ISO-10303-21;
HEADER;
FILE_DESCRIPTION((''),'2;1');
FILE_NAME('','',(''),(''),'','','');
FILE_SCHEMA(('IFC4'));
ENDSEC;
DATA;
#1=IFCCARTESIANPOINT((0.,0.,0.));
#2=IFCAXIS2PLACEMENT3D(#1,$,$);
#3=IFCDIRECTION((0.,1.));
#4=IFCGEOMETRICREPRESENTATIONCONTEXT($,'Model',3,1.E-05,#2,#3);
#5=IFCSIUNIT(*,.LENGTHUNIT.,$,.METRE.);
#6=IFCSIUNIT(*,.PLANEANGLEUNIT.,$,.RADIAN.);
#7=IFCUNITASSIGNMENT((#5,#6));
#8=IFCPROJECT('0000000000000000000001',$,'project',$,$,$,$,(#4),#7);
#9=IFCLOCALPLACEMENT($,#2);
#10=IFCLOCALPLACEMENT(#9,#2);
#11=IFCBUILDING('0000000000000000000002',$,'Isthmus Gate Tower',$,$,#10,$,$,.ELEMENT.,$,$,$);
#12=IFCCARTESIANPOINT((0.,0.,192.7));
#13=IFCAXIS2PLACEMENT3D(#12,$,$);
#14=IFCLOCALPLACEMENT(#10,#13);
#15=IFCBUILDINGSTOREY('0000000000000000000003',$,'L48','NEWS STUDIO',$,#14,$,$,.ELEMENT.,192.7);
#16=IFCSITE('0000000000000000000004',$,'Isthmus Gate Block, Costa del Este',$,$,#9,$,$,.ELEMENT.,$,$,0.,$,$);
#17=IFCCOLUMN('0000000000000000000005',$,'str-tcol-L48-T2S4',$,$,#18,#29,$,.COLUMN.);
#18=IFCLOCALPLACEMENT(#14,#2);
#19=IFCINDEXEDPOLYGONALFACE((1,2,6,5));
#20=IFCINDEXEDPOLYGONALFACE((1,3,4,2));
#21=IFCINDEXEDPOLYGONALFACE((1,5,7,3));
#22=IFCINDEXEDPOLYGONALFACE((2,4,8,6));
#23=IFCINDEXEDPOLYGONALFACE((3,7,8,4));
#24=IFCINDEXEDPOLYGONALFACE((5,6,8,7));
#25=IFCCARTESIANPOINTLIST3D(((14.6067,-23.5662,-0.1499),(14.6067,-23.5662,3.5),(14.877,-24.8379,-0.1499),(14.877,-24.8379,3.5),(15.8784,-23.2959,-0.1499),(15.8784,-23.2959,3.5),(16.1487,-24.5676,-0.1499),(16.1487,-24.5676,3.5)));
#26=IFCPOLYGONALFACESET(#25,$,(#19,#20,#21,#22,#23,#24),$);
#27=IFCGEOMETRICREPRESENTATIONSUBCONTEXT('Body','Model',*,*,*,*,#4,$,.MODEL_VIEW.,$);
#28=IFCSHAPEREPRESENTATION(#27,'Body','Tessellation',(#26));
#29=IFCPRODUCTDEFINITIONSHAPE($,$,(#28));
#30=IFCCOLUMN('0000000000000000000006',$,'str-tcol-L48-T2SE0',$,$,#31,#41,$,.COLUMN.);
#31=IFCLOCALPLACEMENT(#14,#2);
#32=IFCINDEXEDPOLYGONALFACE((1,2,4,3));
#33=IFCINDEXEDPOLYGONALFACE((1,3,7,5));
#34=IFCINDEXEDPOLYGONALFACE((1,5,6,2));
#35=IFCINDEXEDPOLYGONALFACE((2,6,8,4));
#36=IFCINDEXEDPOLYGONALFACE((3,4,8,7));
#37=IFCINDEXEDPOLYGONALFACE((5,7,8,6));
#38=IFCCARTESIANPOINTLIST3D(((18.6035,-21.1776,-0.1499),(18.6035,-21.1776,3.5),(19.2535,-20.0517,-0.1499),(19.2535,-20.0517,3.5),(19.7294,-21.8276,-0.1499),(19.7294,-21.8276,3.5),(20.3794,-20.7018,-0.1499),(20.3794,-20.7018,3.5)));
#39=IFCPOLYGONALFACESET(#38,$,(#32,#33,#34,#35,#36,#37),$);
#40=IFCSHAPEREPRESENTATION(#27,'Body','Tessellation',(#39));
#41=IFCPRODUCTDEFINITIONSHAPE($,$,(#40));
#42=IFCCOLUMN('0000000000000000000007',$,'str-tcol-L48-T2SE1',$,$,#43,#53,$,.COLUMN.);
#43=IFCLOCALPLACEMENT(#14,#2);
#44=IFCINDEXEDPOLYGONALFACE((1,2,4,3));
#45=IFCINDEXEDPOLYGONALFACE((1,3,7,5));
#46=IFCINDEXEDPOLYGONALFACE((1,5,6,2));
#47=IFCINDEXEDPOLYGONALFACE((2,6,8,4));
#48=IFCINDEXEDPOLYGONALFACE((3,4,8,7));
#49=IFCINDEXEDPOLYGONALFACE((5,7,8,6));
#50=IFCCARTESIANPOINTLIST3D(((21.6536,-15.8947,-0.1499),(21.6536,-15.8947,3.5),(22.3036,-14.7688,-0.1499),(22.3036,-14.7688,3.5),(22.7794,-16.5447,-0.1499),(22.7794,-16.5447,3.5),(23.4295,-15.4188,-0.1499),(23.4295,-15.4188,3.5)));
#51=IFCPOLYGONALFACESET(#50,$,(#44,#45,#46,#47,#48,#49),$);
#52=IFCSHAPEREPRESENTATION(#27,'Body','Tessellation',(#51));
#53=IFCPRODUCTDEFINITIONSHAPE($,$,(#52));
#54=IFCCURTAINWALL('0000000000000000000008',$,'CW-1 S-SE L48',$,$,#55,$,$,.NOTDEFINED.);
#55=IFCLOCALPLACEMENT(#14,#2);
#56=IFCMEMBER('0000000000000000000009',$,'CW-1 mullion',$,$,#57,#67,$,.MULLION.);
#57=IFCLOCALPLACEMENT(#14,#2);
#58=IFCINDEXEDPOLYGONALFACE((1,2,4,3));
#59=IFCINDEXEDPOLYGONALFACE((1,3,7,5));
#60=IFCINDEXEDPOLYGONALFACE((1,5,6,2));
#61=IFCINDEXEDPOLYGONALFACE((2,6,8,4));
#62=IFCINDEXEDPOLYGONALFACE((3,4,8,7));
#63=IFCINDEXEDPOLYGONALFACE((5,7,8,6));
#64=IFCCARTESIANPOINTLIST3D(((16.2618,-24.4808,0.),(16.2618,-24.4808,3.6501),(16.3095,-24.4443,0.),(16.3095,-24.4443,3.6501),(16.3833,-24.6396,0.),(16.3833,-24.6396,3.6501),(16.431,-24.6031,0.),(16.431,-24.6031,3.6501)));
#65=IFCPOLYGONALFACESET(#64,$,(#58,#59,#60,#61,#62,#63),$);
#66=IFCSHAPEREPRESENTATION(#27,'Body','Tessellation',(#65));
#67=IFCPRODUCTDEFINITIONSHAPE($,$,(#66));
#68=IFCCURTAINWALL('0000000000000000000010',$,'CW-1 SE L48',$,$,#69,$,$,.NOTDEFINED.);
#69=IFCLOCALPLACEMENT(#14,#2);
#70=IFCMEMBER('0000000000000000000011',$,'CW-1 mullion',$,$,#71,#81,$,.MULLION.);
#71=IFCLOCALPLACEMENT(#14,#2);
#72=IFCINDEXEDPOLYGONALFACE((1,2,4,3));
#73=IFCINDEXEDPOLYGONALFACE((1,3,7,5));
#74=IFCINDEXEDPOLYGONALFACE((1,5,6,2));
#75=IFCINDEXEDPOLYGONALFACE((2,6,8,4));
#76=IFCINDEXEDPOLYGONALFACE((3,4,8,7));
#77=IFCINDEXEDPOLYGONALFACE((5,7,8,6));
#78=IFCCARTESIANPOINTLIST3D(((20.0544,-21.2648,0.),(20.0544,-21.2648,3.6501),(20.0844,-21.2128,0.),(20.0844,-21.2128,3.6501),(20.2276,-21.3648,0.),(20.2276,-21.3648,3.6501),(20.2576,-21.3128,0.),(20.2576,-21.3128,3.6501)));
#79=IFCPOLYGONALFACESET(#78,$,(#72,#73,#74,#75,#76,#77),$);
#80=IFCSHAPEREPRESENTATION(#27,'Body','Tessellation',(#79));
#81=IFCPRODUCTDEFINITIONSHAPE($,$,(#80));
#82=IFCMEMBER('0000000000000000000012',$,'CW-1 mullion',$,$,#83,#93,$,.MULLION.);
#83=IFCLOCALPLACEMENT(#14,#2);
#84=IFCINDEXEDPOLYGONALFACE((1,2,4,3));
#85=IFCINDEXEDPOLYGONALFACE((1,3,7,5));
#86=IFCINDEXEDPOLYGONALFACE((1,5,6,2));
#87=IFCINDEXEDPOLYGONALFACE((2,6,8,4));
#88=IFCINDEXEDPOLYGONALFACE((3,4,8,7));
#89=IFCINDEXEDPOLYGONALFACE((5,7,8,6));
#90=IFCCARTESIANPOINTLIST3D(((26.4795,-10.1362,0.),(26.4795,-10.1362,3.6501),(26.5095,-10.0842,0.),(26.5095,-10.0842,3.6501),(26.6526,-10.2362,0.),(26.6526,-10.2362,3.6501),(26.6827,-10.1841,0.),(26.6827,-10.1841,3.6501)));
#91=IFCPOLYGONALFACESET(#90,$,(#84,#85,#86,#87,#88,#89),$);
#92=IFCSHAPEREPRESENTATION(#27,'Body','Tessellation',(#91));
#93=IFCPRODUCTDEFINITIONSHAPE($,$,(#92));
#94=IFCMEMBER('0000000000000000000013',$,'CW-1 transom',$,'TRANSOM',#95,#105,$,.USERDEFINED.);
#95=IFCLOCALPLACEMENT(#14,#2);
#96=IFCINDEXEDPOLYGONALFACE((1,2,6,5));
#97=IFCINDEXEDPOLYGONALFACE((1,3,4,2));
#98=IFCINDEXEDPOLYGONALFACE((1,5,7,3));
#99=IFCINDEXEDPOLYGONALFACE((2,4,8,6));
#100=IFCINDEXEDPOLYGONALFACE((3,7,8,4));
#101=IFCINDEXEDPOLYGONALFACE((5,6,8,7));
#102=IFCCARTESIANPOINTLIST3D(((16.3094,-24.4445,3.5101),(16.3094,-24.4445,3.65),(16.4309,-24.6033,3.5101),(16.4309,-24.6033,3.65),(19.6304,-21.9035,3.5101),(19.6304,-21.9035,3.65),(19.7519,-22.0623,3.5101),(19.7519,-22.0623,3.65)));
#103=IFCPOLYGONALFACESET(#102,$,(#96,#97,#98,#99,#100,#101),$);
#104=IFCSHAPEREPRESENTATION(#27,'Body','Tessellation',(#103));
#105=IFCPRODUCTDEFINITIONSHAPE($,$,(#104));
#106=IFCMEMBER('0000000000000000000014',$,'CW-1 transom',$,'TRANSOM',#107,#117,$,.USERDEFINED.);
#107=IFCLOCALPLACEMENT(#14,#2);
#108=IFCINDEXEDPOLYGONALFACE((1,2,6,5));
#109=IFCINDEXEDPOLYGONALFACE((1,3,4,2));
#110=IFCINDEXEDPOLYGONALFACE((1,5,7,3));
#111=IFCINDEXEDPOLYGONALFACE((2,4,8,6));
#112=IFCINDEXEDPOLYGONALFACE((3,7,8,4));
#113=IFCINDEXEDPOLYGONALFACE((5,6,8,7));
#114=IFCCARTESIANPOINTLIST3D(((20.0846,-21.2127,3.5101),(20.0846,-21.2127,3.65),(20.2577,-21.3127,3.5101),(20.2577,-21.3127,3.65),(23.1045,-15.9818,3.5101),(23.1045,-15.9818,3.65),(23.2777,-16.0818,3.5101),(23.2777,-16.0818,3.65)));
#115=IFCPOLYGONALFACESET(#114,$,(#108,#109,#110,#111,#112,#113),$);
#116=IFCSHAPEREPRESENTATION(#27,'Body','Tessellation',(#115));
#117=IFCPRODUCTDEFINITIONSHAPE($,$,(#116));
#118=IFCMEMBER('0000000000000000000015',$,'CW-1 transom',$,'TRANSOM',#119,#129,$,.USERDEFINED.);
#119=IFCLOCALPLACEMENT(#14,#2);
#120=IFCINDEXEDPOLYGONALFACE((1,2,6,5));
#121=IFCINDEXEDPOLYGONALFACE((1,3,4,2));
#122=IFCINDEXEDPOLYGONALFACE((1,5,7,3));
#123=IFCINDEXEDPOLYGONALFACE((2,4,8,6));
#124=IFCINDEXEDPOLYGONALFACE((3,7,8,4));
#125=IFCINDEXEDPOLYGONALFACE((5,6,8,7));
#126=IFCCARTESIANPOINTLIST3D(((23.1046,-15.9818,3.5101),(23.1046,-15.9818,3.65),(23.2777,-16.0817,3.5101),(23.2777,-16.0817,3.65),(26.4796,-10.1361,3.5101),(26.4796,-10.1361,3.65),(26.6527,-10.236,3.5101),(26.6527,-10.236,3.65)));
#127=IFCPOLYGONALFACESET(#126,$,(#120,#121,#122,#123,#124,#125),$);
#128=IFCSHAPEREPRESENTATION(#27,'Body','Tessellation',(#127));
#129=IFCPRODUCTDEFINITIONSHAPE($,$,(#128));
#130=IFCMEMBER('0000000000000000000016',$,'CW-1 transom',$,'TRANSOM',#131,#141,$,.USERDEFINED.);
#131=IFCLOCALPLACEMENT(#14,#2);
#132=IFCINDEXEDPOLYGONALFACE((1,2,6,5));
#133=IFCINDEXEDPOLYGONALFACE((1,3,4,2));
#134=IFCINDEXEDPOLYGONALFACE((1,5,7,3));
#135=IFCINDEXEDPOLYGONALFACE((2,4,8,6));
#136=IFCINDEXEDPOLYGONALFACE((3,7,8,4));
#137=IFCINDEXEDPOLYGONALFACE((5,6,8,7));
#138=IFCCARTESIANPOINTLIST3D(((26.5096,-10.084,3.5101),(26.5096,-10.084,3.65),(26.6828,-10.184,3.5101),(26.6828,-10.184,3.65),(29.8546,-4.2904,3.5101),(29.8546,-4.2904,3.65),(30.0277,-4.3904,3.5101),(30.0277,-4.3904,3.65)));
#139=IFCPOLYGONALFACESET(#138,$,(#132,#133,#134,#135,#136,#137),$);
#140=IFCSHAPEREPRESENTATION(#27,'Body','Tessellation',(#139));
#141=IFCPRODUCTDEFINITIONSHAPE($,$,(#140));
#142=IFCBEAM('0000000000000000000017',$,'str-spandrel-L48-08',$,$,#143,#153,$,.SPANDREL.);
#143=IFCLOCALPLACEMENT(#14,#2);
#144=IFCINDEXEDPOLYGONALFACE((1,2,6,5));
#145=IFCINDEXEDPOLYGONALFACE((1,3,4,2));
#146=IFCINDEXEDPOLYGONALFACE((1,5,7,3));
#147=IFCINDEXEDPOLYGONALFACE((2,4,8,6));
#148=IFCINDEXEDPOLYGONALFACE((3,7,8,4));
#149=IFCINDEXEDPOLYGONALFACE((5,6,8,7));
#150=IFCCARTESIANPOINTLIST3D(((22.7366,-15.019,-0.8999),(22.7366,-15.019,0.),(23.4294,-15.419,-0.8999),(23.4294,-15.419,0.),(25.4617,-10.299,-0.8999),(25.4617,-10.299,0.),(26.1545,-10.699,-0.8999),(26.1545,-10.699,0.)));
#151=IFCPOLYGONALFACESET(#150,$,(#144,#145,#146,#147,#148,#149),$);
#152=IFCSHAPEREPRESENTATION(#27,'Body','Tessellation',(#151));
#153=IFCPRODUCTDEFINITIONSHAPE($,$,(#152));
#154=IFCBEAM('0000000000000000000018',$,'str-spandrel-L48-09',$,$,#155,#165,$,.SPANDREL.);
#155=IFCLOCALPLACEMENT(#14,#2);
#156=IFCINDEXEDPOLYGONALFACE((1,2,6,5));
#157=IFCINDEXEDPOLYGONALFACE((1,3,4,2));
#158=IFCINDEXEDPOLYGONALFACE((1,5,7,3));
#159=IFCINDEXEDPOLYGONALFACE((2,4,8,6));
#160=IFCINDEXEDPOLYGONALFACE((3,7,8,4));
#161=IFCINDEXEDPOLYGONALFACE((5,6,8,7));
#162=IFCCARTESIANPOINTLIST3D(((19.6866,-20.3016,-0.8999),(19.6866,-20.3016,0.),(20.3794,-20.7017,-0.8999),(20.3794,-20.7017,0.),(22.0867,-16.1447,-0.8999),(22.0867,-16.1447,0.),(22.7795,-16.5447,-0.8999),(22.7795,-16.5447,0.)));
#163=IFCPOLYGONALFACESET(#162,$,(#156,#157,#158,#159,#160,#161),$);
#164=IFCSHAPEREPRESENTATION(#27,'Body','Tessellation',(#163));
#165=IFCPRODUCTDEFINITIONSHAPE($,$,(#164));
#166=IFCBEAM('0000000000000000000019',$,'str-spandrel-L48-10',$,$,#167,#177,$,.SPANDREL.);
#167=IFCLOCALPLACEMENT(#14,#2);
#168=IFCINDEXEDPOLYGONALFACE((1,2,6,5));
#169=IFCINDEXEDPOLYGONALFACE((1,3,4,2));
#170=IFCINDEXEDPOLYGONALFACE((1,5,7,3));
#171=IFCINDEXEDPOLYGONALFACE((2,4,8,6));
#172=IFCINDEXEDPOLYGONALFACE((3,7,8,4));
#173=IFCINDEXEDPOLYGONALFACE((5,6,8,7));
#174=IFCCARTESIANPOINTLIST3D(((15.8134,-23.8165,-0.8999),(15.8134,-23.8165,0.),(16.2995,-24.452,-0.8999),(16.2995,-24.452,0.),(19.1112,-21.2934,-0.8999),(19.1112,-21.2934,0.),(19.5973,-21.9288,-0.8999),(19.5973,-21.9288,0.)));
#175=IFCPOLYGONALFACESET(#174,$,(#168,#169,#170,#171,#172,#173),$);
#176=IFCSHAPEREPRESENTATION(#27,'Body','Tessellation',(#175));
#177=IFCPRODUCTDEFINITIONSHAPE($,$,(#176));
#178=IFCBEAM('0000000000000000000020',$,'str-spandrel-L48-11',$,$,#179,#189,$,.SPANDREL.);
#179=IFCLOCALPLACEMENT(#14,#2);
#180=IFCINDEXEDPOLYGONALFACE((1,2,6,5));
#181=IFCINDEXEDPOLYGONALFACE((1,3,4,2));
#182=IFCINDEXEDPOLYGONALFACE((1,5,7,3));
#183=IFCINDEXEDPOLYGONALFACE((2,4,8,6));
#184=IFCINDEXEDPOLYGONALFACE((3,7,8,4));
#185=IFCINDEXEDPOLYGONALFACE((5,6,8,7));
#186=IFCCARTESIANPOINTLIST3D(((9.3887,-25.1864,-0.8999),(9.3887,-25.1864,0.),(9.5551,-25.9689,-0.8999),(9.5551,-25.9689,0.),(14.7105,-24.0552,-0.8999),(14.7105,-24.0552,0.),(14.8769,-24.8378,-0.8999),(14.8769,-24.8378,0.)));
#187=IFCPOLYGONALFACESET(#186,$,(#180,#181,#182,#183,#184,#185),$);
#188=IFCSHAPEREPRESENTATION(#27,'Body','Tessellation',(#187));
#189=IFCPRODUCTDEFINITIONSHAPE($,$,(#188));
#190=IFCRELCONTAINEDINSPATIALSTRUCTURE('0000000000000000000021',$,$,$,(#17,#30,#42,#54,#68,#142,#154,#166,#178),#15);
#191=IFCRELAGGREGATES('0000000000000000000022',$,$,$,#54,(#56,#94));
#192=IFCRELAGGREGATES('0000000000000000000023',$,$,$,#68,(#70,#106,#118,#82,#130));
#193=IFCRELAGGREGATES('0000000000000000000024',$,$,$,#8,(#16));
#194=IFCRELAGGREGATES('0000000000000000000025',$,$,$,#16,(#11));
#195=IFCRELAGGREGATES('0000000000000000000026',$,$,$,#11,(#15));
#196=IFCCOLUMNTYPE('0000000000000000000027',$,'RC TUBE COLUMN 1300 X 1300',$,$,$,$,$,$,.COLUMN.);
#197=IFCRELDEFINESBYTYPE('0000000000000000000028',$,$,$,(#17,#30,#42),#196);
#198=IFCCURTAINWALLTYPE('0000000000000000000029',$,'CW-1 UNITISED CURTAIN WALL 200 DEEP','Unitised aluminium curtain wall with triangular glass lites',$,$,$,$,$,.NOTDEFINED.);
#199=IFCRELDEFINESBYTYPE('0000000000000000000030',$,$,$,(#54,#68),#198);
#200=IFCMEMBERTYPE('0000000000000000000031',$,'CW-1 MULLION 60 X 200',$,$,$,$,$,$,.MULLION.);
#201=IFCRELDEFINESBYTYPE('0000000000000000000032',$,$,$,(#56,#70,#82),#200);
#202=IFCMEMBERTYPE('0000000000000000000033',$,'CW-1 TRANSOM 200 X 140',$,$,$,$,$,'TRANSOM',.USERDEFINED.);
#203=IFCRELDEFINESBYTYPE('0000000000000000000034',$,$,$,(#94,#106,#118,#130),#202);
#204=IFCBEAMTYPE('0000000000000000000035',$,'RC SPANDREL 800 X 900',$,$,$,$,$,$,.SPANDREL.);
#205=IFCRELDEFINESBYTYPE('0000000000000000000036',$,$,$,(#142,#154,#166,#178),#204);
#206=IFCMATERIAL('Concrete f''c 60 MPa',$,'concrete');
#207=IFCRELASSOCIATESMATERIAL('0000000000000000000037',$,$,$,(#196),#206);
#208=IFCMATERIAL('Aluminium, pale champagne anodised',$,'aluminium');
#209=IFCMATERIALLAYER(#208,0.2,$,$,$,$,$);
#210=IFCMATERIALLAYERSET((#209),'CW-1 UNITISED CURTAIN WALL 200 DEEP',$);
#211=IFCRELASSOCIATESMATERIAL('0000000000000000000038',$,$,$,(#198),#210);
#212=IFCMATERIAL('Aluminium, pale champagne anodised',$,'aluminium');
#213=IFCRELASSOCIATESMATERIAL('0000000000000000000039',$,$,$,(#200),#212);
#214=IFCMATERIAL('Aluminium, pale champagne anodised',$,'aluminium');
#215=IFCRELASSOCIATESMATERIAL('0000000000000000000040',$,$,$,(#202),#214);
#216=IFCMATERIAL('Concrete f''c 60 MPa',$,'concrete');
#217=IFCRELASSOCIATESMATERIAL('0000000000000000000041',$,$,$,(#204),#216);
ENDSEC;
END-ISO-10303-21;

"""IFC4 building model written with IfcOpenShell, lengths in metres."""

from ifc_helpers import new_model, si_unit, direction, frame, origin, origin_2d, place, context, subcontext, project, spatial, rectangle, extrude, material, layer, layer_set, material_profile, profile_set, type_object, element, aggregate, save


model = new_model("IFC4")

# Units and contexts
model_context = context("Model", 3, precision=1e-05, world=origin(), true_north=direction((0.0, 1.0)))
body_context = subcontext(model_context, "Body", "Model", "MODEL_VIEW")
ifc_project = project(units=[si_unit("LENGTHUNIT", "METRE"), si_unit("PLANEANGLEUNIT", "RADIAN")], contexts=[model_context])

# Site, building, storey
site_placement = place(None, origin())
site = spatial("IfcSite", under=ifc_project, at=site_placement, Name="Isthmus Gate Block, Costa del Este", CompositionType="ELEMENT", RefElevation=0.0)
building_placement = place(site_placement, origin())
building = spatial("IfcBuilding", under=site, at=building_placement, Name="Isthmus Gate Tower", CompositionType="ELEMENT")
storey_placement = place(building_placement, frame((0.0, 0.0, 192.7)))
storey = spatial("IfcBuildingStorey", under=building, at=storey_placement, Name="L48", Description="NEWS STUDIO", CompositionType="ELEMENT", Elevation=192.7)

# Columns
ifc_material_1 = material(Name="Concrete f'c 60 MPa", Category="concrete")
ifc_material_profile_1 = material_profile(ifc_material_1, rectangle(XDim=1.3, YDim=1.3, at=origin_2d()), Name="RC 1300X1300")
ifc_profile_set_1 = profile_set([ifc_material_profile_1], Name="Concrete f'c 60 MPa")
column_type = type_object("IfcColumnType", Name="RC TUBE COLUMN 1300 X 1300", PredefinedType="COLUMN", material=ifc_profile_set_1)
for number, where, z_axis, x_axis, name in (
    (1, (15.3777, -24.0669, -0.1499), (0.0, 0.0, 1.0), (0.978148, 0.207912, 0.0), "str-tcol-L48-T2S4"),
    (2, (19.4915, -20.9397, -0.1499), (0.0, 0.0, 1.0), (0.5, 0.866025, 0.0), "str-tcol-L48-T2SE0"),
    (3, (22.5415, -15.6567, -0.1499), (0.0, 0.0, 1.0), (0.5, 0.866025, 0.0), "str-tcol-L48-T2SE1"),
):
    element("IfcColumn", number, at=place(storey_placement, frame(where, z_axis=z_axis, x_axis=x_axis)), inside=storey, type_object=column_type, Name=name, PredefinedType="COLUMN", context=body_context, shape_type="SweptSolid", body=[
        extrude(rectangle(XDim=1.3, YDim=1.3, at=origin_2d()), origin(), (0.0, 0.0, 1.0), 3.6499),
    ])

# Curtain wall, member
ifc_material_2 = material(Name="Aluminium, pale champagne anodised", Category="aluminium")
ifc_layer_1 = layer(ifc_material_2, 0.2)
ifc_layer_set_1 = layer_set([ifc_layer_1], Name="CW-1 UNITISED CURTAIN WALL 200 DEEP")
curtain_wall_type = type_object("IfcCurtainWallType", Name="CW-1 UNITISED CURTAIN WALL 200 DEEP", Description="Unitised aluminium curtain wall with triangular glass lites", PredefinedType="NOTDEFINED", material=ifc_layer_set_1)
curtain_wall_1_placement = place(storey_placement, origin())
curtain_wall_1 = element("IfcCurtainWall", 4, at=curtain_wall_1_placement, inside=storey, type_object=curtain_wall_type, Name="CW-1 S-SE L48", PredefinedType="NOTDEFINED")
ifc_material_3 = material(Name="Aluminium, pale champagne anodised", Category="aluminium")
ifc_material_profile_2 = material_profile(ifc_material_3, rectangle(XDim=0.0601, YDim=0.2, at=origin_2d()), Name="60x200")
ifc_profile_set_2 = profile_set([ifc_material_profile_2], Name="Aluminium, pale champagne anodised")
member_type_1 = type_object("IfcMemberType", Name="CW-1 MULLION 60 X 200", PredefinedType="MULLION", material=ifc_profile_set_2)
member_1_placement = place(storey_placement, frame((16.3464, -24.542, 0.0), z_axis=(0.0, 0.0, 1.0), x_axis=(0.794189, 0.607671, 0.0)))
member_1 = element("IfcMember", 5, at=member_1_placement, type_object=member_type_1, Name="CW-1 mullion", PredefinedType="MULLION", context=body_context, shape_type="SweptSolid", body=[
    extrude(rectangle(XDim=0.0601, YDim=0.2, at=origin_2d()), origin(), (0.0, 0.0, 1.0), 3.6501),
])

# Curtain wall, members
curtain_wall_2_placement = place(storey_placement, origin())
curtain_wall_2 = element("IfcCurtainWall", 6, at=curtain_wall_2_placement, inside=storey, type_object=curtain_wall_type, Name="CW-1 SE L48", PredefinedType="NOTDEFINED")
member_2_placement = place(storey_placement, frame((20.156, -21.2888, 0.0), z_axis=(0.0, 0.0, 1.0), x_axis=(0.5, 0.866025, 0.0)))
member_2 = element("IfcMember", 7, at=member_2_placement, type_object=member_type_1, Name="CW-1 mullion", PredefinedType="MULLION", context=body_context, shape_type="SweptSolid", body=[
    extrude(rectangle(XDim=0.0601, YDim=0.2, at=origin_2d()), origin(), (0.0, 0.0, 1.0), 3.6501),
])
member_3_placement = place(storey_placement, frame((26.5811, -10.1602, 0.0), z_axis=(0.0, 0.0, 1.0), x_axis=(0.5, 0.866025, 0.0)))
member_3 = element("IfcMember", 8, at=member_3_placement, type_object=member_type_1, Name="CW-1 mullion", PredefinedType="MULLION", context=body_context, shape_type="SweptSolid", body=[
    extrude(rectangle(XDim=0.0601, YDim=0.2, at=origin_2d()), origin(), (0.0, 0.0, 1.0), 3.6501),
])

# Members
ifc_material_4 = material(Name="Aluminium, pale champagne anodised", Category="aluminium")
ifc_material_profile_3 = material_profile(ifc_material_4, rectangle(XDim=0.2, YDim=0.1399, at=origin_2d()), Name="200x140")
ifc_profile_set_3 = profile_set([ifc_material_profile_3], Name="Aluminium, pale champagne anodised")
member_type_2 = type_object("IfcMemberType", Name="CW-1 TRANSOM 200 X 140", ElementType="TRANSOM", PredefinedType="USERDEFINED", material=ifc_profile_set_3)
member_4_placement = place(storey_placement, frame((16.3701, -24.5239, 3.5801), z_axis=(0.794197, 0.60766, 0.0), x_axis=(-0.60766, 0.794197, 0.0)))
member_4 = element("IfcMember", 9, at=member_4_placement, type_object=member_type_2, Name="CW-1 transom", ObjectType="TRANSOM", PredefinedType="USERDEFINED", context=body_context, shape_type="SweptSolid", body=[
    extrude(rectangle(XDim=0.2, YDim=0.1399, at=origin_2d()), origin(), (0.0, 0.0, 1.0), 4.1816),
])
member_5_placement = place(storey_placement, frame((20.1711, -21.2627, 3.5801), z_axis=(0.499991, 0.866031, 0.0), x_axis=(-0.866031, 0.499991, 0.0)))
member_5 = element("IfcMember", 10, at=member_5_placement, type_object=member_type_2, Name="CW-1 transom", ObjectType="TRANSOM", PredefinedType="USERDEFINED", context=body_context, shape_type="SweptSolid", body=[
    extrude(rectangle(XDim=0.2, YDim=0.1399, at=origin_2d()), origin(), (0.0, 0.0, 1.0), 6.04),
])
member_6_placement = place(storey_placement, frame((23.1912, -16.0317, 3.5801), z_axis=(0.499998, 0.866027, 0.0), x_axis=(-0.866027, 0.499998, 0.0)))
member_6 = element("IfcMember", 11, at=member_6_placement, type_object=member_type_2, Name="CW-1 transom", ObjectType="TRANSOM", PredefinedType="USERDEFINED", context=body_context, shape_type="SweptSolid", body=[
    extrude(rectangle(XDim=0.2, YDim=0.1399, at=origin_2d()), origin(), (0.0, 0.0, 1.0), 6.75),
])
member_7_placement = place(storey_placement, frame((26.5962, -10.134, 3.5801), z_axis=(0.499997, 0.866027, 0.0), x_axis=(-0.866027, 0.499997, 0.0)))
member_7 = element("IfcMember", 12, at=member_7_placement, type_object=member_type_2, Name="CW-1 transom", ObjectType="TRANSOM", PredefinedType="USERDEFINED", context=body_context, shape_type="SweptSolid", body=[
    extrude(rectangle(XDim=0.2, YDim=0.1399, at=origin_2d()), origin(), (0.0, 0.0, 1.0), 6.6899),
])

# Beams
ifc_material_5 = material(Name="Concrete f'c 60 MPa", Category="concrete")
ifc_material_profile_4 = material_profile(ifc_material_5, rectangle(XDim=0.8, YDim=0.8999, at=origin_2d()), Name="RC 800X900")
ifc_profile_set_4 = profile_set([ifc_material_profile_4], Name="Concrete f'c 60 MPa")
beam_type_1 = type_object("IfcBeamType", Name="RC SPANDREL 800 X 900", PredefinedType="SPANDREL", material=ifc_profile_set_4)
beam_1_placement = place(storey_placement, frame((25.8081, -10.499, -0.45), z_axis=(-0.500003, -0.866024, 0.0), x_axis=(0.866024, -0.500003, 0.0)))
element("IfcBeam", 13, at=beam_1_placement, inside=storey, type_object=beam_type_1, Name="str-spandrel-L48-08", PredefinedType="SPANDREL", context=body_context, shape_type="SweptSolid", body=[
    extrude(rectangle(XDim=0.8, YDim=0.8999, at=origin_2d()), origin(), (0.0, 0.0, 1.0), 5.4502),
])
beam_2_placement = place(storey_placement, frame((22.4331, -16.3447, -0.45), z_axis=(-0.500017, -0.866015, 0.0), x_axis=(0.866015, -0.500017, 0.0)))
element("IfcBeam", 14, at=beam_2_placement, inside=storey, type_object=beam_type_1, Name="str-spandrel-L48-09", PredefinedType="SPANDREL", context=body_context, shape_type="SweptSolid", body=[
    extrude(rectangle(XDim=0.8, YDim=0.8999, at=origin_2d()), origin(), (0.0, 0.0, 1.0), 4.8),
])
beam_3_placement = place(storey_placement, frame((19.3542, -21.6111, -0.45), z_axis=(-0.794206, -0.607649, 0.0), x_axis=(0.607649, -0.794206, 0.0)))
element("IfcBeam", 15, at=beam_3_placement, inside=storey, type_object=beam_type_1, Name="str-spandrel-L48-10", PredefinedType="SPANDREL", context=body_context, shape_type="SweptSolid", body=[
    extrude(rectangle(XDim=0.8, YDim=0.8999, at=origin_2d()), origin(), (0.0, 0.0, 1.0), 4.1523),
])
beam_4_placement = place(storey_placement, frame((14.7937, -24.4465, -0.45), z_axis=(-0.97815, -0.207898, 0.0), x_axis=(0.207898, -0.97815, 0.0)))
element("IfcBeam", 16, at=beam_4_placement, inside=storey, type_object=beam_type_1, Name="str-spandrel-L48-11", PredefinedType="SPANDREL", context=body_context, shape_type="SweptSolid", body=[
    extrude(rectangle(XDim=0.8, YDim=0.8999, at=origin_2d()), origin(), (0.0, 0.0, 1.0), 5.4407),
])

aggregate(curtain_wall_1, [member_1, member_4])
aggregate(curtain_wall_2, [member_2, member_5, member_6, member_3, member_7])

save(model, "model.ifc")
